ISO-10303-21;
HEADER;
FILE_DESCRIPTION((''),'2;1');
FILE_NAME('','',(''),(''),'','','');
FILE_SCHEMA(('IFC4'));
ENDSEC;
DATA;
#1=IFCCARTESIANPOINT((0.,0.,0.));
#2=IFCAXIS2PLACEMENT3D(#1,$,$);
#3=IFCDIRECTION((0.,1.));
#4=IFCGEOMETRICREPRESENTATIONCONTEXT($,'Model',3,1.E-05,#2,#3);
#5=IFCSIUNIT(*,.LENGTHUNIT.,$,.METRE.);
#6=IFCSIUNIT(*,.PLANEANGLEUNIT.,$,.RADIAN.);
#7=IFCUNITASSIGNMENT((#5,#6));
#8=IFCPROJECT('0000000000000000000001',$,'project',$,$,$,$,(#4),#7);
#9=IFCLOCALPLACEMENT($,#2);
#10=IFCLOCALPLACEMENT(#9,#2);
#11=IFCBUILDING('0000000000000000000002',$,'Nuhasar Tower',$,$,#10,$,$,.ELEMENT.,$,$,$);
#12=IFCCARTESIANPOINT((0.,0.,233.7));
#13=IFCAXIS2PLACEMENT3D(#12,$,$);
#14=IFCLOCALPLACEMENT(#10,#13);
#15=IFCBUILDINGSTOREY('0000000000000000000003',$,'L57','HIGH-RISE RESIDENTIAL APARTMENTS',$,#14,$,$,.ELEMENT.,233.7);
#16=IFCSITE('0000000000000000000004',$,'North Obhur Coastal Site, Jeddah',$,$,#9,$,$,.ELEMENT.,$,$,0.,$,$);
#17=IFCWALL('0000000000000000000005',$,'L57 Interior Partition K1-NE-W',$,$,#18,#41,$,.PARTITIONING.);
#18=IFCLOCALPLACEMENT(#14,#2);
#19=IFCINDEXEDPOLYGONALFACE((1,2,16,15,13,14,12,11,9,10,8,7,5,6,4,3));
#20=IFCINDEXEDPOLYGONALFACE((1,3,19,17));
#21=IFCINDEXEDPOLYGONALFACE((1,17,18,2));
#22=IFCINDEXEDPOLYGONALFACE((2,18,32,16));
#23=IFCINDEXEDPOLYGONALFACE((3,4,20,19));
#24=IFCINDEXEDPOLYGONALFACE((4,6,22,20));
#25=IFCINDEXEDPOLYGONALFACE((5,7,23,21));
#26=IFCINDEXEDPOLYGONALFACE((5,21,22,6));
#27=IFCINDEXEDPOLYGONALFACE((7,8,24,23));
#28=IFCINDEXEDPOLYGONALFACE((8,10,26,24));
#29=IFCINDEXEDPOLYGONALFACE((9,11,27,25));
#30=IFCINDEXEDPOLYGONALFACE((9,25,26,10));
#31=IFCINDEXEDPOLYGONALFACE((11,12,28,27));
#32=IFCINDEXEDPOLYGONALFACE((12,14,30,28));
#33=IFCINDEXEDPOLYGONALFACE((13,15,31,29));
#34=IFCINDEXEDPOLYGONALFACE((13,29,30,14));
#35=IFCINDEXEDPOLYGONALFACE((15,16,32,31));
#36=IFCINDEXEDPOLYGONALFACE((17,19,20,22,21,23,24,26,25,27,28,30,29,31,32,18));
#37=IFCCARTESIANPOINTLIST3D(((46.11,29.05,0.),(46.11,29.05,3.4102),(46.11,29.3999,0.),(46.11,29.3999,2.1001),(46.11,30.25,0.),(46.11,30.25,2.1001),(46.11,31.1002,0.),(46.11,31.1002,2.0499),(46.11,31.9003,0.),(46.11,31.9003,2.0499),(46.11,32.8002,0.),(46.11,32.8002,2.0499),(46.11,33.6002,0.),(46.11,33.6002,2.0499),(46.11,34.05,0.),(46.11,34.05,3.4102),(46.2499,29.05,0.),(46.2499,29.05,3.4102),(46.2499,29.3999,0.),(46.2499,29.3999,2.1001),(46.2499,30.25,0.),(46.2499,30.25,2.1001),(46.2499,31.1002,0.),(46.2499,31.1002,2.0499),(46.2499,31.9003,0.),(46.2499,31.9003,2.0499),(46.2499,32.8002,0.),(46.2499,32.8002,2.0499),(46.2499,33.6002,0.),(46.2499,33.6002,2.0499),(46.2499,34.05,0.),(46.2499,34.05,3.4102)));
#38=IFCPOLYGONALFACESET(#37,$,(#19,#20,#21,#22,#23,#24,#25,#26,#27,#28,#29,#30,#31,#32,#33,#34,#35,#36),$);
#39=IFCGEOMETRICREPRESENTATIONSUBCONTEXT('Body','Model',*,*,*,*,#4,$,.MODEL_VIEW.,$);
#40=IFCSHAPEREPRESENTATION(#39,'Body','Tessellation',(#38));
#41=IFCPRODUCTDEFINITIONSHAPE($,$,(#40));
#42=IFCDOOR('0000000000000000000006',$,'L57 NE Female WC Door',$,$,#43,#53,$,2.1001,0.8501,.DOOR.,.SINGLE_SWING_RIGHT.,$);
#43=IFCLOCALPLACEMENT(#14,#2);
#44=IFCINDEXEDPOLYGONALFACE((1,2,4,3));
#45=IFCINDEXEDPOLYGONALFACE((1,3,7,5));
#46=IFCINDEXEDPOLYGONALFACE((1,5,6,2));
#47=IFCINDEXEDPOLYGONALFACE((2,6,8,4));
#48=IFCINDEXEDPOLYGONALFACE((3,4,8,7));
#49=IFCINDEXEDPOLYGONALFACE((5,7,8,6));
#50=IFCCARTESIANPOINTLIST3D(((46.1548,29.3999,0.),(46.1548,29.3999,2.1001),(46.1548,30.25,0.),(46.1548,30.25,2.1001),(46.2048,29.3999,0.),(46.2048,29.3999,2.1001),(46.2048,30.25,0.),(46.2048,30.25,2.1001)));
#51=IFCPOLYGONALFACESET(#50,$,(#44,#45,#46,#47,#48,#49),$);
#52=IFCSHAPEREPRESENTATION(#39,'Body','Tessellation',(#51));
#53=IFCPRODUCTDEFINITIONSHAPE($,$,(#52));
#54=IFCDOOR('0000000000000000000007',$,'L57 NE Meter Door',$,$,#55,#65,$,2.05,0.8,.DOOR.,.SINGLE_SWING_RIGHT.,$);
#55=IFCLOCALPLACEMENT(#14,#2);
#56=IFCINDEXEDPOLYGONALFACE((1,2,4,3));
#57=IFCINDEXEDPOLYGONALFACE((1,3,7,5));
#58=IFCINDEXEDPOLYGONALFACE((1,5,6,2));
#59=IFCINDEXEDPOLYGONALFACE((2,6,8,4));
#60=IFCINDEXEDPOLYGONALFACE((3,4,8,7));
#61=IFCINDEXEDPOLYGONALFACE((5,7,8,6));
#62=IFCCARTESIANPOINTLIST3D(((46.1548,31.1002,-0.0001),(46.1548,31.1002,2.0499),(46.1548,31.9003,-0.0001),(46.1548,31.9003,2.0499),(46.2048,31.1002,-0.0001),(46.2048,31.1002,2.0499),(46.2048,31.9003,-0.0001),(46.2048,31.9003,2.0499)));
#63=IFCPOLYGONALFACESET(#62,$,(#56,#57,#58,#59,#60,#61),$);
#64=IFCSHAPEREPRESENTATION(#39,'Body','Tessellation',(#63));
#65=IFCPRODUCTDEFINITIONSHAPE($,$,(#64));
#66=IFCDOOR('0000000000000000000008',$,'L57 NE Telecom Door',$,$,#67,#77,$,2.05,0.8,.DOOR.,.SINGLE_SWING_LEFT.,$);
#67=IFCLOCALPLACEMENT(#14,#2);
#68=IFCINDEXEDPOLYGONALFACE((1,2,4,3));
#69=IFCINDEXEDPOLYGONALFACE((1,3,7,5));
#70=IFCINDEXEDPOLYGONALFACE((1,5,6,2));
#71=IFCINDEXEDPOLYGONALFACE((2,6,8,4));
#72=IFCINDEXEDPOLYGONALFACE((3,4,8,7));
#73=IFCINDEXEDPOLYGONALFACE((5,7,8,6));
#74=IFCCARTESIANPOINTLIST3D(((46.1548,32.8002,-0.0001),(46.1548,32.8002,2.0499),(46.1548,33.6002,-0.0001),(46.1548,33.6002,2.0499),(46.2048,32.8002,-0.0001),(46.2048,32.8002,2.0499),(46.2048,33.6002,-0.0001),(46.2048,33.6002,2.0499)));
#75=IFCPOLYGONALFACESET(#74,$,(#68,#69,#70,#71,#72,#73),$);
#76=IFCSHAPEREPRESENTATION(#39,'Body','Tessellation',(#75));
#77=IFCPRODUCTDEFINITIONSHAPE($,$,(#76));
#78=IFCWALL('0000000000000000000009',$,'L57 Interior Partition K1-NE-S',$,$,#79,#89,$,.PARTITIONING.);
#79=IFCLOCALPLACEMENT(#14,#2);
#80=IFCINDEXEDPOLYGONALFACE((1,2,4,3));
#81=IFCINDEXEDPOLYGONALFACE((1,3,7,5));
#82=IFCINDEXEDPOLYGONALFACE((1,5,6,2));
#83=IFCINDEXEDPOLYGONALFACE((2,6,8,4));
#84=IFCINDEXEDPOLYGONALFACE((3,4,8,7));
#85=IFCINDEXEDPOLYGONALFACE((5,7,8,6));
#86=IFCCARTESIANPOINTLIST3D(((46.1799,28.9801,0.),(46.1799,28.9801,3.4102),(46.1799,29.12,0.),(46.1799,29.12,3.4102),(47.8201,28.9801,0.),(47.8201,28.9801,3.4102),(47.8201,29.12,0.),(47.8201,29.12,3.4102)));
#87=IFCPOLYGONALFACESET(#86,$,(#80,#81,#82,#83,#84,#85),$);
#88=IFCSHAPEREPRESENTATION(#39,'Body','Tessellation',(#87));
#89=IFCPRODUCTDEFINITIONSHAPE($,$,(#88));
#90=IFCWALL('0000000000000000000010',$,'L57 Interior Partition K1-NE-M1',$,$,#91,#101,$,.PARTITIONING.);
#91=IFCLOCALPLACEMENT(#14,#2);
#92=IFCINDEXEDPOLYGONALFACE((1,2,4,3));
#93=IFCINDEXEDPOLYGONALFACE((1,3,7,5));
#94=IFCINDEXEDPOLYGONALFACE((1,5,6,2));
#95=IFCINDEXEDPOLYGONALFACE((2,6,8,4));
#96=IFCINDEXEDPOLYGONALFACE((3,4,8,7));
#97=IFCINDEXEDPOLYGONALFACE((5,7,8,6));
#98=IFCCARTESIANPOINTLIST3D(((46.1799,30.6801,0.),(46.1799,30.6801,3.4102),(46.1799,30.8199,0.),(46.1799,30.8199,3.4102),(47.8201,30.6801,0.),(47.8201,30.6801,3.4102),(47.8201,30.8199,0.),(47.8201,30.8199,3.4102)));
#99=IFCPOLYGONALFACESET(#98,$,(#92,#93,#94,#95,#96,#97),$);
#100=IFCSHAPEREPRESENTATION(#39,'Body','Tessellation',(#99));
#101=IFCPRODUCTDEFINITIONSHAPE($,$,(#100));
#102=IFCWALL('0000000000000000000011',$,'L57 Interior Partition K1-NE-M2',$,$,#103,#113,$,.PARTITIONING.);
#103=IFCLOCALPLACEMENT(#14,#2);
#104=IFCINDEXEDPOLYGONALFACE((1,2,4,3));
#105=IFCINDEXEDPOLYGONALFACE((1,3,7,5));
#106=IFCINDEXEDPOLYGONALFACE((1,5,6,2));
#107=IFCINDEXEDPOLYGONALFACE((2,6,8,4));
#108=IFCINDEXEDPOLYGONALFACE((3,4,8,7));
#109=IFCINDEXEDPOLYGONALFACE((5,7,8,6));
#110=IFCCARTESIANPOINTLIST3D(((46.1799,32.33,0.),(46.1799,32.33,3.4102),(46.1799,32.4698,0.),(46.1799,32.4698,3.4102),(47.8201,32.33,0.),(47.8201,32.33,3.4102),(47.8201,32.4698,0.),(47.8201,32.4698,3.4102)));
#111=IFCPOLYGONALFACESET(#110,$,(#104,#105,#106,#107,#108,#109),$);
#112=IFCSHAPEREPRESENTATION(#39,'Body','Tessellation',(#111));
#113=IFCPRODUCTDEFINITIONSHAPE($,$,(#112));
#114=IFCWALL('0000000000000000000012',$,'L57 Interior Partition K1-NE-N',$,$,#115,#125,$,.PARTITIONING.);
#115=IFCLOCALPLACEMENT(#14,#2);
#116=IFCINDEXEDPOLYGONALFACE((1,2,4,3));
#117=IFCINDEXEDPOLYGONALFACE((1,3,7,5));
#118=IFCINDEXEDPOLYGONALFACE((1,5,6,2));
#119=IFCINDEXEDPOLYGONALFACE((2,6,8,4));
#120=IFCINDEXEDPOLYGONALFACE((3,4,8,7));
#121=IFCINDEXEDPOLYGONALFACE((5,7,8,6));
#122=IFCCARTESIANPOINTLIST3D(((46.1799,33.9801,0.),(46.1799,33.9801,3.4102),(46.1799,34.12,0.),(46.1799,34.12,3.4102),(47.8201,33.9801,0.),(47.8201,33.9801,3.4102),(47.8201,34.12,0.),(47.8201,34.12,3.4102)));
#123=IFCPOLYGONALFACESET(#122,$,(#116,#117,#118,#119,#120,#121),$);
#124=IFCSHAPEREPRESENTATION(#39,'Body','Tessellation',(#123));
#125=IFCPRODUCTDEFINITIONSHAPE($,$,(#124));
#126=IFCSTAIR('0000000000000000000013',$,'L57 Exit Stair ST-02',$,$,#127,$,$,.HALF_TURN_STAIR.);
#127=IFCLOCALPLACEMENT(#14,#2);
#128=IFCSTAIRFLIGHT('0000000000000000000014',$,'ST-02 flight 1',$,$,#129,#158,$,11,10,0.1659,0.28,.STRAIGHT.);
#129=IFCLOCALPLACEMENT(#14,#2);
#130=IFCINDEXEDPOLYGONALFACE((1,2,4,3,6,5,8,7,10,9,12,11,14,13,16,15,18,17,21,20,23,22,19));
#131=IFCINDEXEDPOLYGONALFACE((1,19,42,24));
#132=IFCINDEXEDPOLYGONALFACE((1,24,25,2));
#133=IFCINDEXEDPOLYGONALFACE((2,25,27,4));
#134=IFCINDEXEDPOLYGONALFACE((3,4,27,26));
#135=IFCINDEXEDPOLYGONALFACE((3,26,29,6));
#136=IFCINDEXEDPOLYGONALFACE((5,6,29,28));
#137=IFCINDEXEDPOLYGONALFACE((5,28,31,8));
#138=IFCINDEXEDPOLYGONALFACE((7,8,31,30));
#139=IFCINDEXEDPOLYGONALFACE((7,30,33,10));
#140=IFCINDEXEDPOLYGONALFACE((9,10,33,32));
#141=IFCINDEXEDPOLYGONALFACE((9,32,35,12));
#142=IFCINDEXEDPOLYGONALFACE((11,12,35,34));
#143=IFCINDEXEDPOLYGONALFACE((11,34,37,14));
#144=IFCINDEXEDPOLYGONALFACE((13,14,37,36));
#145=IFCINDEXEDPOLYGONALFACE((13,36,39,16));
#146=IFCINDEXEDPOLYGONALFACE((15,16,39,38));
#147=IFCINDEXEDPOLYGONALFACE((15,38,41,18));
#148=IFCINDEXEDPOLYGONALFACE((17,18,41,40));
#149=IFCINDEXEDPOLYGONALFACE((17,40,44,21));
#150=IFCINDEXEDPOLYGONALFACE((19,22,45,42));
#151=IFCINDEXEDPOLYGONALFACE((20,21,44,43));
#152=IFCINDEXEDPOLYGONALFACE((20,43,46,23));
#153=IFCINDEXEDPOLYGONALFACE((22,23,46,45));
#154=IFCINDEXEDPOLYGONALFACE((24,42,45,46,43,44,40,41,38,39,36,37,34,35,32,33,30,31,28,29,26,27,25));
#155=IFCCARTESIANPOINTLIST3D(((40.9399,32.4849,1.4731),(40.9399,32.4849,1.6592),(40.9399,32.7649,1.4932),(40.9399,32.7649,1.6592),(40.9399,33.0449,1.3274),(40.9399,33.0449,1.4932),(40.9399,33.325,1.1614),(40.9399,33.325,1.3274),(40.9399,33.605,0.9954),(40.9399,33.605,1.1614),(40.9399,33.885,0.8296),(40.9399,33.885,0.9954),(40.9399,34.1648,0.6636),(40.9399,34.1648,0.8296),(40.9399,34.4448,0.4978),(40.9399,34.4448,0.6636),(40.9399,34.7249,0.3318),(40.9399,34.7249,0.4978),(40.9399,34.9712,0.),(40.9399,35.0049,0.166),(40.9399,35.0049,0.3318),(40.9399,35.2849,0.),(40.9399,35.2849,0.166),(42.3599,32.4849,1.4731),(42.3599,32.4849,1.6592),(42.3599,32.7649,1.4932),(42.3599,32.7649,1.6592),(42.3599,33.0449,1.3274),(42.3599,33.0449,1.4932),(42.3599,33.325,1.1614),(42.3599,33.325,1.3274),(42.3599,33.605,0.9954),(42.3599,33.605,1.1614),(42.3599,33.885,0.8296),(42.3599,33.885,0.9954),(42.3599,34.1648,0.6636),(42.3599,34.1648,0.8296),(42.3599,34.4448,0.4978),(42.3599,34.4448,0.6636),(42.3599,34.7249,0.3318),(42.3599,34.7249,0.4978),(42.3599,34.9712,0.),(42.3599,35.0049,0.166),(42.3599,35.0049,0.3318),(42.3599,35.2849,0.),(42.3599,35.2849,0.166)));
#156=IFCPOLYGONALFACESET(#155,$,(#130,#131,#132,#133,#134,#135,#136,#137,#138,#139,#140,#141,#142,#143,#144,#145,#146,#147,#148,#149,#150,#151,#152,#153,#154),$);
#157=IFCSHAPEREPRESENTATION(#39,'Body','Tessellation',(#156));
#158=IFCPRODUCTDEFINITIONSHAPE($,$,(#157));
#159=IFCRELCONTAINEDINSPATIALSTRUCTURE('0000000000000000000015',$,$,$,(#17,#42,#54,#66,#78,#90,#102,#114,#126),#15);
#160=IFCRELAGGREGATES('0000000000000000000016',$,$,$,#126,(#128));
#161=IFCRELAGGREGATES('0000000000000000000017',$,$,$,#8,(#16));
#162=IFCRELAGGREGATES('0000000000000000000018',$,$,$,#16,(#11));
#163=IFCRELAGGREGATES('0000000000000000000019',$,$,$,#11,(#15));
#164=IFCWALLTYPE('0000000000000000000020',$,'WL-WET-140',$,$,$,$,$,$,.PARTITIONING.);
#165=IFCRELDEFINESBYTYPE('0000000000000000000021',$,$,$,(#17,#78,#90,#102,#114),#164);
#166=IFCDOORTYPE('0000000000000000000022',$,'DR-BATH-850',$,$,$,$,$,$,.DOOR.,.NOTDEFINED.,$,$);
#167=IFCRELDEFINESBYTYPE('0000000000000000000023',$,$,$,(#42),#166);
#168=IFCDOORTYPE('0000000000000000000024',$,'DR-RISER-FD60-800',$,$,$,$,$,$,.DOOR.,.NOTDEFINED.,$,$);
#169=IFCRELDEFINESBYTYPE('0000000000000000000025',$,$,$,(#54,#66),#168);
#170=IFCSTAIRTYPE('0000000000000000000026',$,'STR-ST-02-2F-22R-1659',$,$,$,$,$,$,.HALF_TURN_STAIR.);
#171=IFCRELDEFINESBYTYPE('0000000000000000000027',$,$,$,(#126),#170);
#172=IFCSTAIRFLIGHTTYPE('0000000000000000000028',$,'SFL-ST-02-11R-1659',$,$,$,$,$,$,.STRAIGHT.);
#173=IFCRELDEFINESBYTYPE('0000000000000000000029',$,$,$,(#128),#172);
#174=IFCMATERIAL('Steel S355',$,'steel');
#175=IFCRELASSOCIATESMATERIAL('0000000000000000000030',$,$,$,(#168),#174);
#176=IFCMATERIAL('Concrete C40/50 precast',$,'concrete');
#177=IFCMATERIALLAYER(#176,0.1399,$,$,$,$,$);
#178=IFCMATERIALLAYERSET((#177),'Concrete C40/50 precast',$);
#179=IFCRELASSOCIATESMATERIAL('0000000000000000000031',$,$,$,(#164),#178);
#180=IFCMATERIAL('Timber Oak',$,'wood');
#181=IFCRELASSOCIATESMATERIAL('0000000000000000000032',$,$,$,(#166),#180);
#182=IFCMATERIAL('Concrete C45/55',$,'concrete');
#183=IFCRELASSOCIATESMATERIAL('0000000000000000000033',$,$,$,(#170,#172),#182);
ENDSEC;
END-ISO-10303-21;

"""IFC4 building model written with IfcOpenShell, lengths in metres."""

from ifc_helpers import new_model, si_unit, direction, frame, frame_2d, origin, place, context, subcontext, project, spatial, polyline, rectangle, outline, extrude, material, layer, layer_set, type_object, element, fill, aggregate, save


model = new_model("IFC4")

# Units and contexts
model_context = context("Model", 3, precision=1e-05, world=origin(), true_north=direction((0.0, 1.0)))
body_context = subcontext(model_context, "Body", "Model", "MODEL_VIEW")
ifc_project = project(units=[si_unit("LENGTHUNIT", "METRE"), si_unit("PLANEANGLEUNIT", "RADIAN")], contexts=[model_context])

# Site, building, storey
site_placement = place(None, origin())
site = spatial("IfcSite", under=ifc_project, at=site_placement, Name="North Obhur Coastal Site, Jeddah", CompositionType="ELEMENT", RefElevation=0.0)
building_placement = place(site_placement, origin())
building = spatial("IfcBuilding", under=site, at=building_placement, Name="Nuhasar Tower", CompositionType="ELEMENT")
storey_placement = place(building_placement, frame((0.0, 0.0, 233.7)))
storey = spatial("IfcBuildingStorey", under=building, at=storey_placement, Name="L57", Description="HIGH-RISE RESIDENTIAL APARTMENTS", CompositionType="ELEMENT", Elevation=233.7)

# Shared definitions
ifc_material_1 = material(Name="Steel S355", Category="steel")

# Shared definitions
ifc_material_2 = material(Name="Concrete C45/55", Category="concrete")

# Shared definitions
door_type_1 = type_object("IfcDoorType", Name="DR-RISER-FD60-800", OperationType="NOTDEFINED", PredefinedType="DOOR", material=ifc_material_1)

# Shared definitions
ifc_material_3 = material(Name="Concrete C40/50 precast", Category="concrete")
ifc_layer_1 = layer(ifc_material_3, 0.1399)
ifc_layer_set_1 = layer_set([ifc_layer_1], Name="Concrete C40/50 precast")
wall_type_1 = type_object("IfcWallType", Name="WL-WET-140", PredefinedType="PARTITIONING", material=ifc_layer_set_1)

# Wall, openings, doors
wall_1_placement = place(storey_placement, frame((46.1799, 34.05, 0.0), z_axis=(0.0, 0.0, 1.0), x_axis=(0.0, -1.0, 0.0)))
wall_1 = element("IfcWall", 1, at=wall_1_placement, inside=storey, type_object=wall_type_1, Name="L57 Interior Partition K1-NE-W", PredefinedType="PARTITIONING", context=body_context, shape_type="SweptSolid", body=[
    extrude(rectangle(XDim=5.0, YDim=0.1399, at=frame_2d((2.5, 0.0))), origin(), (0.0, 0.0, 1.0), 3.4102),
])
opening_1_placement = place(wall_1_placement, frame((3.8, 0.0, 0.0)))
opening_1 = element("IfcOpeningElement", 2, at=opening_1_placement, cuts=wall_1, PredefinedType="OPENING", context=body_context, shape_type="SweptSolid", body=[
    extrude(rectangle(XDim=0.8501, YDim=2.1001, at=frame_2d((0.425, 1.05))), frame((0.0, 0.0801, 0.0), z_axis=(0.0, -1.0, 0.0), x_axis=(1.0, 0.0, 0.0)), (0.0, 0.0, 1.0), 0.1599),
])
opening_2_placement = place(wall_1_placement, frame((2.1499, 0.0, 0.0)))
opening_2 = element("IfcOpeningElement", 3, at=opening_2_placement, cuts=wall_1, PredefinedType="OPENING", context=body_context, shape_type="SweptSolid", body=[
    extrude(rectangle(XDim=0.8, YDim=2.05, at=frame_2d((0.3999, 1.0249))), frame((0.0, 0.0801, 0.0), z_axis=(0.0, -1.0, 0.0), x_axis=(1.0, 0.0, 0.0)), (0.0, 0.0, 1.0), 0.1599),
])
opening_3_placement = place(wall_1_placement, frame((0.45, 0.0, 0.0)))
opening_3 = element("IfcOpeningElement", 4, at=opening_3_placement, cuts=wall_1, PredefinedType="OPENING", context=body_context, shape_type="SweptSolid", body=[
    extrude(rectangle(XDim=0.8, YDim=2.05, at=frame_2d((0.3999, 1.0249))), frame((0.0, 0.0801, 0.0), z_axis=(0.0, -1.0, 0.0), x_axis=(1.0, 0.0, 0.0)), (0.0, 0.0, 1.0), 0.1599),
])
ifc_material_4 = material(Name="Timber Oak", Category="wood")
door_type_2 = type_object("IfcDoorType", Name="DR-BATH-850", OperationType="NOTDEFINED", PredefinedType="DOOR", material=ifc_material_4)
door_1_placement = place(opening_1_placement, origin())
door_1 = element("IfcDoor", 5, at=door_1_placement, inside=storey, type_object=door_type_2, Name="L57 NE Female WC Door", OperationType="SINGLE_SWING_RIGHT", OverallHeight=2.1001, OverallWidth=0.8501, PredefinedType="DOOR", context=body_context, shape_type="SweptSolid", body=[
    extrude(rectangle(XDim=0.8501, YDim=2.1001, at=frame_2d((0.425, 1.05))), frame((0.0, 0.0249, 0.0), z_axis=(0.0, -1.0, 0.0), x_axis=(1.0, 0.0, 0.0)), (0.0, 0.0, 1.0), 0.05),
])
fill(opening_1, door_1)
door_2_placement = place(opening_2_placement, origin())
door_2 = element("IfcDoor", 6, at=door_2_placement, inside=storey, type_object=door_type_1, Name="L57 NE Meter Door", OperationType="SINGLE_SWING_RIGHT", OverallHeight=2.05, OverallWidth=0.8, PredefinedType="DOOR", context=body_context, shape_type="SweptSolid", body=[
    extrude(rectangle(XDim=0.8, YDim=2.05, at=frame_2d((0.3999, 1.0249))), frame((0.0, 0.0249, 0.0), z_axis=(0.0, -1.0, 0.0), x_axis=(1.0, 0.0, 0.0)), (0.0, 0.0, 1.0), 0.05),
])
fill(opening_2, door_2)
door_3_placement = place(opening_3_placement, origin())
door_3 = element("IfcDoor", 7, at=door_3_placement, inside=storey, type_object=door_type_1, Name="L57 NE Telecom Door", OperationType="SINGLE_SWING_LEFT", OverallHeight=2.05, OverallWidth=0.8, PredefinedType="DOOR", context=body_context, shape_type="SweptSolid", body=[
    extrude(rectangle(XDim=0.8, YDim=2.05, at=frame_2d((0.3999, 1.0249))), frame((0.0, 0.0249, 0.0), z_axis=(0.0, -1.0, 0.0), x_axis=(1.0, 0.0, 0.0)), (0.0, 0.0, 1.0), 0.05),
])
fill(opening_3, door_3)

# Walls
for number, where, z_axis, x_axis, name in (
    (8, (46.1799, 29.05, 0.0), (0.0, 0.0, 1.0), (1.0, 0.0, 0.0), "L57 Interior Partition K1-NE-S"),
    (9, (46.1799, 30.75, 0.0), (0.0, 0.0, 1.0), (1.0, 0.0, 0.0), "L57 Interior Partition K1-NE-M1"),
    (10, (46.1799, 32.3999, 0.0), (0.0, 0.0, 1.0), (1.0, 0.0, 0.0), "L57 Interior Partition K1-NE-M2"),
    (11, (46.1799, 34.05, 0.0), (0.0, 0.0, 1.0), (1.0, 0.0, 0.0), "L57 Interior Partition K1-NE-N"),
):
    element("IfcWall", number, at=place(storey_placement, frame(where, z_axis=z_axis, x_axis=x_axis)), inside=storey, type_object=wall_type_1, Name=name, PredefinedType="PARTITIONING", context=body_context, shape_type="SweptSolid", body=[
        extrude(rectangle(XDim=1.6401, YDim=0.1399, at=frame_2d((0.8201, 0.0))), origin(), (0.0, 0.0, 1.0), 3.4102),
    ])

# Stair, stair flight
stair_type_1 = type_object("IfcStairType", Name="STR-ST-02-2F-22R-1659", PredefinedType="HALF_TURN_STAIR", material=ifc_material_2)
stair_1_placement = place(storey_placement, origin())
stair_1 = element("IfcStair", 12, at=stair_1_placement, inside=storey, type_object=stair_type_1, Name="L57 Exit Stair ST-02", PredefinedType="HALF_TURN_STAIR")
stair_flight_type_1 = type_object("IfcStairFlightType", Name="SFL-ST-02-11R-1659", PredefinedType="STRAIGHT", material=ifc_material_2)
stair_flight_1_placement = place(storey_placement, frame((41.6499, 35.2849, 0.0), z_axis=(0.0, 0.0, 1.0), x_axis=(0.0, -1.0, 0.0)))
stair_flight_1 = element("IfcStairFlight", 13, at=stair_flight_1_placement, type_object=stair_flight_type_1, Name="ST-02 flight 1", NumberOfRisers=11, NumberOfTreads=10, PredefinedType="STRAIGHT", RiserHeight=0.1659, TreadLength=0.28, context=body_context, shape_type="SweptSolid", body=[
    extrude(outline(polyline([(0.0, 0.0), (0.0, 0.166), (0.28, 0.166), (0.28, 0.3318), (0.5601, 0.3318), (0.5601, 0.4978), (0.8401, 0.4978), (0.8401, 0.6636), (1.1201, 0.6636), (1.1201, 0.8296), (1.3999, 0.8296), (1.3999, 0.9954), (1.6799, 0.9954), (1.6799, 1.1614), (1.96, 1.1614), (1.96, 1.3274), (2.24, 1.3274), (2.24, 1.4932), (2.52, 1.4932), (2.52, 1.6592), (2.8, 1.6592), (2.8, 1.825), (2.8, 1.4731), (0.3137, 0.0), (0.0, 0.0)])), frame((0.0, 0.71, 0.0), z_axis=(0.0, -1.0, 0.0), x_axis=(1.0, 0.0, 0.0)), (0.0, 0.0, 1.0), 1.4199),
])
aggregate(stair_1, [stair_flight_1])

save(model, "model.ifc")
